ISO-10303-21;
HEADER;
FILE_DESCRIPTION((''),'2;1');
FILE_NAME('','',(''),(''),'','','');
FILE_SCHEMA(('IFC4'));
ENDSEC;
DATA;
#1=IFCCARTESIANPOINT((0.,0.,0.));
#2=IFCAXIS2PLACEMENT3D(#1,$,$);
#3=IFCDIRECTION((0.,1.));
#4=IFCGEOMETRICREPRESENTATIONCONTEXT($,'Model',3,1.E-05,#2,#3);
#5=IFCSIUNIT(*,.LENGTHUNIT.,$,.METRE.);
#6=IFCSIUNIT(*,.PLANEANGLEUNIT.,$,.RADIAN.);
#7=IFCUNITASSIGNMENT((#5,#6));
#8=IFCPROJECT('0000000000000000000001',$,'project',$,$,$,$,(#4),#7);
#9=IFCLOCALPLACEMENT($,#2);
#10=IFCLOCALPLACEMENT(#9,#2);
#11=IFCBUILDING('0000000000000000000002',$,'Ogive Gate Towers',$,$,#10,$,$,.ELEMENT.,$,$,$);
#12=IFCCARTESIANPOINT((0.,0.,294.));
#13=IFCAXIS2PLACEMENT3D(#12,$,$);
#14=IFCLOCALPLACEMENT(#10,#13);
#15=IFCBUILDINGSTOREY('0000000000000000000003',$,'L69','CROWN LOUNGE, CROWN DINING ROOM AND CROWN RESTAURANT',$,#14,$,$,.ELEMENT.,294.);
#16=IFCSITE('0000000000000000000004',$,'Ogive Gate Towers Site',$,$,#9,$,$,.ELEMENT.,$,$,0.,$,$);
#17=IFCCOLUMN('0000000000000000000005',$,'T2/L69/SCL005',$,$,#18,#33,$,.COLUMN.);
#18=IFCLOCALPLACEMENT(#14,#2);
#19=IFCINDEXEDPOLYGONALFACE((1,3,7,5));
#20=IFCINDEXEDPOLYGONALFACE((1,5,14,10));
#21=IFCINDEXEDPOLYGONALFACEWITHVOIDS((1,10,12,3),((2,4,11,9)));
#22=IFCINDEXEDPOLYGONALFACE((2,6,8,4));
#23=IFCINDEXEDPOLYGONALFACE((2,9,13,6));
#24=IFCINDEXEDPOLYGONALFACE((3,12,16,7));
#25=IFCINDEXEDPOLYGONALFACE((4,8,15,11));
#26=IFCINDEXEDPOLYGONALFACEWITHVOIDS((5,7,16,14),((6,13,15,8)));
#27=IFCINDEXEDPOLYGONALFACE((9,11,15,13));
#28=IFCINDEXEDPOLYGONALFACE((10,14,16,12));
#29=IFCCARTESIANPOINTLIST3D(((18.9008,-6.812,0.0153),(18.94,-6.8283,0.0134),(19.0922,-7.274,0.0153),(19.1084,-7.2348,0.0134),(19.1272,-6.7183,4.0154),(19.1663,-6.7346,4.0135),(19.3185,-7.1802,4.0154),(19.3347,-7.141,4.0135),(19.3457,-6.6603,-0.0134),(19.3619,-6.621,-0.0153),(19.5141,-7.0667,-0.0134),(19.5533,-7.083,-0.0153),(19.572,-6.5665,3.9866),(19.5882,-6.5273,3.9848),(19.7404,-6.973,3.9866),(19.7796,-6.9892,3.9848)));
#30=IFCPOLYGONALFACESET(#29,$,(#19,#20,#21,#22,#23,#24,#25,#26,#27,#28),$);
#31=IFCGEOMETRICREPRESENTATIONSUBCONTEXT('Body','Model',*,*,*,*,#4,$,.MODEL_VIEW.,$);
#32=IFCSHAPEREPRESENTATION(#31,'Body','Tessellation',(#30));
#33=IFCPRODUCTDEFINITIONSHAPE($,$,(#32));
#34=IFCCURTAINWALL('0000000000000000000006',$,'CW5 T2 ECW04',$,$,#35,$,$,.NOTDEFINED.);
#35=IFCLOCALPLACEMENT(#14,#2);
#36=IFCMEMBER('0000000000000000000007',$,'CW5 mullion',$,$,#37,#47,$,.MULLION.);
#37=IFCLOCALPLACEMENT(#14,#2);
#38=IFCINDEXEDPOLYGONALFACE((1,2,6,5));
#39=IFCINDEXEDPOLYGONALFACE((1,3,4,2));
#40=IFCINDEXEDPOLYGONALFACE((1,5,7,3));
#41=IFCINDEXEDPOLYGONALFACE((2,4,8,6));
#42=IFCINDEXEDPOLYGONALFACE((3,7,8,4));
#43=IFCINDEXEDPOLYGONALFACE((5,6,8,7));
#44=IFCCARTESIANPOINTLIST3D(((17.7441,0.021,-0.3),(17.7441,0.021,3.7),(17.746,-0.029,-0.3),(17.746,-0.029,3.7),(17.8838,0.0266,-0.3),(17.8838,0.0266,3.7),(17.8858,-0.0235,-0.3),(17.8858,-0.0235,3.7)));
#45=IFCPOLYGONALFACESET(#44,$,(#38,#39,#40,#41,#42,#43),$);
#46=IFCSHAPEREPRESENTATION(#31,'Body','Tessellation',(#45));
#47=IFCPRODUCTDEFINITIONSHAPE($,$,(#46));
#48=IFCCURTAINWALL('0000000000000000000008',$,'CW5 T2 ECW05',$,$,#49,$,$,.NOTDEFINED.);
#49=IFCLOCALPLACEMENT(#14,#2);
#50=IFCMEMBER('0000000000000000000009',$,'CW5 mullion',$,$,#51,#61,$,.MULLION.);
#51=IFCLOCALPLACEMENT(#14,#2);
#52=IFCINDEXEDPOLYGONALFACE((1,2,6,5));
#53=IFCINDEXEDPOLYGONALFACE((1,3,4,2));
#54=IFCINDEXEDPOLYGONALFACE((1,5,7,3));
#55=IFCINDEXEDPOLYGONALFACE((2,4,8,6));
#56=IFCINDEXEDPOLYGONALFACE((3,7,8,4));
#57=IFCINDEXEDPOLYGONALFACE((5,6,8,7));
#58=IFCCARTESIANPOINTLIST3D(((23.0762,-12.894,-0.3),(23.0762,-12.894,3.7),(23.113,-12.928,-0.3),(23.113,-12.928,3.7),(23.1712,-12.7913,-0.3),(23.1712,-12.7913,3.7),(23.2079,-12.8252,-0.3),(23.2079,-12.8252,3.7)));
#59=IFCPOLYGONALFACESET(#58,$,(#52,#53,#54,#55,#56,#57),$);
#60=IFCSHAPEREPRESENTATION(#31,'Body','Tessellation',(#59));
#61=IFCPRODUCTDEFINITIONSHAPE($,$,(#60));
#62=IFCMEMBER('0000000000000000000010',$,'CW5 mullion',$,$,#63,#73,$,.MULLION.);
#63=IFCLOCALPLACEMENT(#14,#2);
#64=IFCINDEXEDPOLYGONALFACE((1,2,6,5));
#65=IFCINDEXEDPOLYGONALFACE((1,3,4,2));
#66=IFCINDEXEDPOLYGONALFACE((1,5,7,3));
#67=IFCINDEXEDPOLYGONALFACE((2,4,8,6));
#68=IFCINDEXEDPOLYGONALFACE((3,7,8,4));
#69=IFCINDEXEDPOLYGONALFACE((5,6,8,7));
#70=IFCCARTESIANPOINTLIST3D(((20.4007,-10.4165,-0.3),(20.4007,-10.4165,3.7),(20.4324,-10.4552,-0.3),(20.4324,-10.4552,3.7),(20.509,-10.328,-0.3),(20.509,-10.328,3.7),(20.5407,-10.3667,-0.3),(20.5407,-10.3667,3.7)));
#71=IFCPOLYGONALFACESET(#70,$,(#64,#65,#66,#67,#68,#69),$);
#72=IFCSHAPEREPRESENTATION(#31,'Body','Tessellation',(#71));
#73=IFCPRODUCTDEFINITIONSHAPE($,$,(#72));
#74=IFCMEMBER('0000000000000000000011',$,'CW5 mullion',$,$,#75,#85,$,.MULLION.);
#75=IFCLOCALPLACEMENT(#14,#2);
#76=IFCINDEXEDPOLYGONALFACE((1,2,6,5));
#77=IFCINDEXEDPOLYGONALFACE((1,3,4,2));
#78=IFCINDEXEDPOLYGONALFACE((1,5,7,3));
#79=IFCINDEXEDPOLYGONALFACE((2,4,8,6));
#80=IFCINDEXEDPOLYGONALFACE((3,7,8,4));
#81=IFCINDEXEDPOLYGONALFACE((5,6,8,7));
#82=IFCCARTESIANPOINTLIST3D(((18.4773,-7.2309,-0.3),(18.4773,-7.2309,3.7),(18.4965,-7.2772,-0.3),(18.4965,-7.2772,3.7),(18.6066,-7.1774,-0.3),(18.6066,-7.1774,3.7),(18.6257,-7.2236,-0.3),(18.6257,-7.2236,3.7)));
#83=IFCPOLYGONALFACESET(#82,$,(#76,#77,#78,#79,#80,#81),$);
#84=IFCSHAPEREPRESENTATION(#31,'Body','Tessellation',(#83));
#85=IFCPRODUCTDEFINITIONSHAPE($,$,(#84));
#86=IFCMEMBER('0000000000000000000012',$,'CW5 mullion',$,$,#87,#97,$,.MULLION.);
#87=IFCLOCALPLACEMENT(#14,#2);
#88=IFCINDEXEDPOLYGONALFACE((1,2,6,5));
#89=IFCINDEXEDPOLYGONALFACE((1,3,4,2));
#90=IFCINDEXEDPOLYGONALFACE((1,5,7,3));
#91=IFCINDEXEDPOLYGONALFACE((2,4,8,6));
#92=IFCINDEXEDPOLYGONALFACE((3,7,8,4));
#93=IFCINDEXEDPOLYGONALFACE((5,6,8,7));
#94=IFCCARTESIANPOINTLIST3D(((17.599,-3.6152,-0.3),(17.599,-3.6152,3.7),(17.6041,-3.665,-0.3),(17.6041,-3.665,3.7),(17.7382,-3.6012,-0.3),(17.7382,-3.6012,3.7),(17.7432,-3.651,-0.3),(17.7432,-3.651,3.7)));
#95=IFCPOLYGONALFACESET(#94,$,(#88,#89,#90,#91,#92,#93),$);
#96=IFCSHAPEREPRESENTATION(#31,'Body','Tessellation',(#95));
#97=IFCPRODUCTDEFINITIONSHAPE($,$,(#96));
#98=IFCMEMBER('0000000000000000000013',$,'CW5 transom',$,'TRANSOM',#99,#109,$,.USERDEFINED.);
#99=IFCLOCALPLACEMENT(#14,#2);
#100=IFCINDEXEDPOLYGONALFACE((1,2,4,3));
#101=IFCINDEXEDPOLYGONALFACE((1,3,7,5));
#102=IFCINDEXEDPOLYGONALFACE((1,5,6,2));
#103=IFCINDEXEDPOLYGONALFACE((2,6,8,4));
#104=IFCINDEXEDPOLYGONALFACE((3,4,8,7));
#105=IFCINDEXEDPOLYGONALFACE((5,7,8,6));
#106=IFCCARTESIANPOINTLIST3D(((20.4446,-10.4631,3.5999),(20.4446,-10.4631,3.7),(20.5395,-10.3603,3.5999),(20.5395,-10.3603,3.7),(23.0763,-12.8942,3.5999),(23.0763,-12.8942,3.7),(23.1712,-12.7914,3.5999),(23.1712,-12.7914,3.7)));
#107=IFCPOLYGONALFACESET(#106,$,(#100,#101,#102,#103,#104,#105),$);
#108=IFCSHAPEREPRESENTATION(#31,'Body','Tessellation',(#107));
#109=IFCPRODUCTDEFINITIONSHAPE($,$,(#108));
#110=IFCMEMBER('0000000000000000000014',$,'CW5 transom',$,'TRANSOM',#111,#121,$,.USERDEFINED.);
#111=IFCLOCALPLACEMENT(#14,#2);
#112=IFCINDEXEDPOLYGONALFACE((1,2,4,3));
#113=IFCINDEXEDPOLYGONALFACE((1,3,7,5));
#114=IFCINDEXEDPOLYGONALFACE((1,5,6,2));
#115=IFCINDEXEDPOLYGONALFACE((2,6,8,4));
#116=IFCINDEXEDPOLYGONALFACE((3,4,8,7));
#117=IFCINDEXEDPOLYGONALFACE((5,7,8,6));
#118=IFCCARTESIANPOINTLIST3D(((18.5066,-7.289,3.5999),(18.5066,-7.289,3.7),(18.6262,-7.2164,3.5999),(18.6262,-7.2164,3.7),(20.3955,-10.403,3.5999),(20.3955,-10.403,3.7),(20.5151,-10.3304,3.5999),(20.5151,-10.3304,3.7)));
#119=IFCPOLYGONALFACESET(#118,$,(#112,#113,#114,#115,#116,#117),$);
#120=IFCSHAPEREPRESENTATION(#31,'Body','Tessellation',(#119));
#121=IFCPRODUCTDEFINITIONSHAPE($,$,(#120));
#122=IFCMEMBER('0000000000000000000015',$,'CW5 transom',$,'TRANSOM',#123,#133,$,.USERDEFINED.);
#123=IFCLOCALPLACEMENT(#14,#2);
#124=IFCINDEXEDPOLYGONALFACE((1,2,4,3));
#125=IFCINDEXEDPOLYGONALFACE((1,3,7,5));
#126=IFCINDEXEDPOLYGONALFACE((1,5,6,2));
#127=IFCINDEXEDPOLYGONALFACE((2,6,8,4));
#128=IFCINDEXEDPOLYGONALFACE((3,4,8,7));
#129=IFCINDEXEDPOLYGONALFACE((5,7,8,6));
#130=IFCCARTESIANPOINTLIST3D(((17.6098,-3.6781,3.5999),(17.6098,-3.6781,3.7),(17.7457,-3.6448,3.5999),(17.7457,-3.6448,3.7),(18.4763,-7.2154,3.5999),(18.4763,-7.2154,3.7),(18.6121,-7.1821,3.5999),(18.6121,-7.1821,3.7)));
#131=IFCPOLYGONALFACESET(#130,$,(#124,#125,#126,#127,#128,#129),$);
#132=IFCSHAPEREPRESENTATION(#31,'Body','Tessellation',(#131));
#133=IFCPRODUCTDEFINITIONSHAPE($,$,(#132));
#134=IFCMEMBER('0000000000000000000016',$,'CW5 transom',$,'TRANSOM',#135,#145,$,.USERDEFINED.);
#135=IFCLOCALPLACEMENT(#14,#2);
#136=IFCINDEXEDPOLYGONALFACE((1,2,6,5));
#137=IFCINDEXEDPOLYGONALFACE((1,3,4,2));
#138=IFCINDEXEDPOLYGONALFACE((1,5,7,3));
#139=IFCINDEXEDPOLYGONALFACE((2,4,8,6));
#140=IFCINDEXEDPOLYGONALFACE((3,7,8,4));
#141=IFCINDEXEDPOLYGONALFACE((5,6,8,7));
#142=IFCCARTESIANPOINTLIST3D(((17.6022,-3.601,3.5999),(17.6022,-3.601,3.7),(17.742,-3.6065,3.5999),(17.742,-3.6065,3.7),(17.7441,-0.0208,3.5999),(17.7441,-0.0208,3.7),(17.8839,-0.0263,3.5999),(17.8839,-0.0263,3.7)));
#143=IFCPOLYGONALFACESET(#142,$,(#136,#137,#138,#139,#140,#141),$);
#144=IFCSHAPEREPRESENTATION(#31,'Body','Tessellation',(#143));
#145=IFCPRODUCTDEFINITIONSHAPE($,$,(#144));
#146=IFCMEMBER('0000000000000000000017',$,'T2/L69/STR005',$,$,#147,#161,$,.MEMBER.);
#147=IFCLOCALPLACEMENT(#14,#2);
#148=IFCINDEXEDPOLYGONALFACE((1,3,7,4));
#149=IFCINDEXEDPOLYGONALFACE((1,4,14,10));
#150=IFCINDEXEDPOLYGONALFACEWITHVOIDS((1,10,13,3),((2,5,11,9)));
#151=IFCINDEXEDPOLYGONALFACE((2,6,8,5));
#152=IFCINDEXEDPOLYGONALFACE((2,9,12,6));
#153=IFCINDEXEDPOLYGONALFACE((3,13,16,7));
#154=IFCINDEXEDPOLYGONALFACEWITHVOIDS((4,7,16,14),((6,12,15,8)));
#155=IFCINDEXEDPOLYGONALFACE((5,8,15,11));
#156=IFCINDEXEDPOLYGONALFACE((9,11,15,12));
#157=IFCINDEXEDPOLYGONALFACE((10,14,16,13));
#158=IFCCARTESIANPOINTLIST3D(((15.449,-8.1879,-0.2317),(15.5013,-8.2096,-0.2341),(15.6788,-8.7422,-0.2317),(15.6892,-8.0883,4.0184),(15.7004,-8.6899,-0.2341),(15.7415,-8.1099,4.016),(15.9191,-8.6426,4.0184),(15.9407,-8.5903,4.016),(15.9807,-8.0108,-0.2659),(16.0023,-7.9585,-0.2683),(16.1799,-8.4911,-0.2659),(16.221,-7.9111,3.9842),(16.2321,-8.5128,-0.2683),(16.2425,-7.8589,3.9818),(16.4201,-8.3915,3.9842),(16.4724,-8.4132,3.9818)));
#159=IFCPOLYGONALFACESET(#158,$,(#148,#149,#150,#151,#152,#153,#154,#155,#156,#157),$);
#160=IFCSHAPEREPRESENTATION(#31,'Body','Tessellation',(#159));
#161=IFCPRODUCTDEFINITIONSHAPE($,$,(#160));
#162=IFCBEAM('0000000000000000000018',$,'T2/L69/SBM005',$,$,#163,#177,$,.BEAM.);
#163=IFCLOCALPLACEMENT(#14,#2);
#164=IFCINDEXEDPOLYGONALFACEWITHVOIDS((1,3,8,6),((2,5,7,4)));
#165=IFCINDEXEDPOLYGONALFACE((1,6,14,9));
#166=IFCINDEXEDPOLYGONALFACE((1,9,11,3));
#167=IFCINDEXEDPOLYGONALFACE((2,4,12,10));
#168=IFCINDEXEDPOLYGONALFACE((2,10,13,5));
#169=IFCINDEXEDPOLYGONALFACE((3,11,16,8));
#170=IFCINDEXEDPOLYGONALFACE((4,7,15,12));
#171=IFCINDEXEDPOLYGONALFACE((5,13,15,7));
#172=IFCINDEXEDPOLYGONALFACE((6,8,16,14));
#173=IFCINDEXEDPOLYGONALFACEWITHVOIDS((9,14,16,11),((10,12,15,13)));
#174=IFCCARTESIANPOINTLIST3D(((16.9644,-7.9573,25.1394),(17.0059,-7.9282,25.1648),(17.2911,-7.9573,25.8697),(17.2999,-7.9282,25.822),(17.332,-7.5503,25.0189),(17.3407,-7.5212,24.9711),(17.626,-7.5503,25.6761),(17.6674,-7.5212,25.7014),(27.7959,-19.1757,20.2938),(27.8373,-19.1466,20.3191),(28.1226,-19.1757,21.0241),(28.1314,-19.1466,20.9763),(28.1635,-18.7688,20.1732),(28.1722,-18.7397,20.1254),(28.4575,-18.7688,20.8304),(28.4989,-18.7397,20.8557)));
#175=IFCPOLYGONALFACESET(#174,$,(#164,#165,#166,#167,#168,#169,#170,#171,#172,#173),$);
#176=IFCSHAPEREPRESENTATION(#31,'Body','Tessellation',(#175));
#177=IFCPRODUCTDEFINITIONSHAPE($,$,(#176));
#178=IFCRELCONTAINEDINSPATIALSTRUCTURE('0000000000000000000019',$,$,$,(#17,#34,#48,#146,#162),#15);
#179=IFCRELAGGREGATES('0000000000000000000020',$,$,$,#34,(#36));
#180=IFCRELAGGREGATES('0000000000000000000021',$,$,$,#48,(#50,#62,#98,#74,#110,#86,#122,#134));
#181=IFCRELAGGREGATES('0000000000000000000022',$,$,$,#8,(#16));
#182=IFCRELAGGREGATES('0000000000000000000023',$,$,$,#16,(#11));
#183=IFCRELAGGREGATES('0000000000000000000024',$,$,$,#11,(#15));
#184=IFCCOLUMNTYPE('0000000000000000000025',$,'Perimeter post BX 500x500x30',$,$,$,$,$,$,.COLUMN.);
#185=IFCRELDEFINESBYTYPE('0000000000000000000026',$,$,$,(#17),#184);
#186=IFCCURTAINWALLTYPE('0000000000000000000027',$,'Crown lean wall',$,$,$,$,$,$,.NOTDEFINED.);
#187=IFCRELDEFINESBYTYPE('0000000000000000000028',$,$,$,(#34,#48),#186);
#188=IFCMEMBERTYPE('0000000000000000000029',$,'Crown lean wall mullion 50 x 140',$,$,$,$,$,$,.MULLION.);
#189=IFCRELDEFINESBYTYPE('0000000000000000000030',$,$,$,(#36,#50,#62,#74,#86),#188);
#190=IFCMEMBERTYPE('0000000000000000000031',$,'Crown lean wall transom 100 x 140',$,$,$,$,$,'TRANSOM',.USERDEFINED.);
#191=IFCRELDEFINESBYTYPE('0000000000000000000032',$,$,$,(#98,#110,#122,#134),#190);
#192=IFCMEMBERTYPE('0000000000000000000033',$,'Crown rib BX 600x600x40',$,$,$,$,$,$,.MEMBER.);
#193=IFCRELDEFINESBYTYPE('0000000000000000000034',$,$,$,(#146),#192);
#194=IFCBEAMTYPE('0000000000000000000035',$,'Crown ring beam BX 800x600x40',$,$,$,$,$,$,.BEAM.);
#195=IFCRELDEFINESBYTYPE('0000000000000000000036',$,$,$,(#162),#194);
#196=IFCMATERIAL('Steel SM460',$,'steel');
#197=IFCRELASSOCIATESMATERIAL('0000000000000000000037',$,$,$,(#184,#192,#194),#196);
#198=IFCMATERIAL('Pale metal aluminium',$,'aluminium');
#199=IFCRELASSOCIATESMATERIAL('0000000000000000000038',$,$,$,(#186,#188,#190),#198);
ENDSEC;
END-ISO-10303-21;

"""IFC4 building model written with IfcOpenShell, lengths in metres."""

from ifc_helpers import new_model, si_unit, direction, frame, origin, origin_2d, place, context, subcontext, project, spatial, rectangle, hollow_rectangle, extrude, material, material_profile, profile_set, type_object, element, aggregate, save


model = new_model("IFC4")

# Units and contexts
model_context = context("Model", 3, precision=1e-05, world=origin(), true_north=direction((0.0, 1.0)))
body_context = subcontext(model_context, "Body", "Model", "MODEL_VIEW")
ifc_project = project(units=[si_unit("LENGTHUNIT", "METRE"), si_unit("PLANEANGLEUNIT", "RADIAN")], contexts=[model_context])

# Site, building, storey
site_placement = place(None, origin())
site = spatial("IfcSite", under=ifc_project, at=site_placement, Name="Ogive Gate Towers Site", CompositionType="ELEMENT", RefElevation=0.0)
building_placement = place(site_placement, origin())
building = spatial("IfcBuilding", under=site, at=building_placement, Name="Ogive Gate Towers", CompositionType="ELEMENT")
storey_placement = place(building_placement, frame((0.0, 0.0, 294.0)))
storey = spatial("IfcBuildingStorey", under=building, at=storey_placement, Name="L69", Description="CROWN LOUNGE, CROWN DINING ROOM AND CROWN RESTAURANT", CompositionType="ELEMENT", Elevation=294.0)

# Column
ifc_material_1 = material(Name="Steel SM460", Category="steel")
ifc_material_profile_1 = material_profile(ifc_material_1, hollow_rectangle(XDim=0.5, YDim=0.5, WallThickness=0.03, at=origin_2d()), Name="BX 500x500x30")
ifc_profile_set_1 = profile_set([ifc_material_profile_1], Name="Steel SM460")
column_type = type_object("IfcColumnType", Name="Perimeter post BX 500x500x30", PredefinedType="COLUMN", material=ifc_profile_set_1)
column_placement = place(storey_placement, frame((19.2271, -6.9475, 0.0), z_axis=(0.056474, 0.023394, 0.99813), x_axis=(-0.382704, 0.923871, 0.0)))
element("IfcColumn", 1, at=column_placement, inside=storey, type_object=column_type, Name="T2/L69/SCL005", PredefinedType="COLUMN", context=body_context, shape_type="SweptSolid", body=[
    extrude(hollow_rectangle(XDim=0.5, YDim=0.5, WallThickness=0.03, at=origin_2d()), origin(), (0.0, 0.0, 1.0), 4.0076),
])

# Curtain wall, member
ifc_material_2 = material(Name="Pale metal aluminium", Category="aluminium")
curtain_wall_type = type_object("IfcCurtainWallType", Name="Crown lean wall", PredefinedType="NOTDEFINED", material=ifc_material_2)
curtain_wall_1_placement = place(storey_placement, origin())
curtain_wall_1 = element("IfcCurtainWall", 2, at=curtain_wall_1_placement, inside=storey, type_object=curtain_wall_type, Name="CW5 T2 ECW04", PredefinedType="NOTDEFINED")
ifc_material_profile_2 = material_profile(ifc_material_2, rectangle(XDim=0.1399, YDim=0.05, at=origin_2d()), Name="50 x 140 aluminium box")
ifc_profile_set_2 = profile_set([ifc_material_profile_2], Name="Pale metal aluminium")
member_type_1 = type_object("IfcMemberType", Name="Crown lean wall mullion 50 x 140", PredefinedType="MULLION", material=ifc_profile_set_2)
member_1_placement = place(storey_placement, frame((17.8149, -0.0012, -0.3), z_axis=(0.0, 0.0, 1.0), x_axis=(0.999215, 0.039609, 0.0)))
member_1 = element("IfcMember", 3, at=member_1_placement, type_object=member_type_1, Name="CW5 mullion", PredefinedType="MULLION", context=body_context, shape_type="SweptSolid", body=[
    extrude(rectangle(XDim=0.1399, YDim=0.05, at=origin_2d()), origin(), (0.0, 0.0, 1.0), 4.0),
])
aggregate(curtain_wall_1, [member_1])

# Curtain wall, members
curtain_wall_2_placement = place(storey_placement, origin())
curtain_wall_2 = element("IfcCurtainWall", 4, at=curtain_wall_2_placement, inside=storey, type_object=curtain_wall_type, Name="CW5 T2 ECW05", PredefinedType="NOTDEFINED")
member_2_placement = place(storey_placement, frame((23.1421, -12.8596, -0.3), z_axis=(0.0, 0.0, 1.0), x_axis=(0.678557, 0.734548, 0.0)))
member_2 = element("IfcMember", 5, at=member_2_placement, type_object=member_type_1, Name="CW5 mullion", PredefinedType="MULLION", context=body_context, shape_type="SweptSolid", body=[
    extrude(rectangle(XDim=0.1399, YDim=0.05, at=origin_2d()), origin(), (0.0, 0.0, 1.0), 4.0),
])
member_3_placement = place(storey_placement, frame((20.4707, -10.3916, -0.3), z_axis=(0.0, 0.0, 1.0), x_axis=(0.774348, 0.632759, 0.0)))
member_3 = element("IfcMember", 6, at=member_3_placement, type_object=member_type_1, Name="CW5 mullion", PredefinedType="MULLION", context=body_context, shape_type="SweptSolid", body=[
    extrude(rectangle(XDim=0.1399, YDim=0.05, at=origin_2d()), origin(), (0.0, 0.0, 1.0), 4.0),
])
member_4_placement = place(storey_placement, frame((18.5515, -7.2273, -0.3), z_axis=(0.0, 0.0, 1.0), x_axis=(0.92388, 0.382683, 0.0)))
member_4 = element("IfcMember", 7, at=member_4_placement, type_object=member_type_1, Name="CW5 mullion", PredefinedType="MULLION", context=body_context, shape_type="SweptSolid", body=[
    extrude(rectangle(XDim=0.1399, YDim=0.05, at=origin_2d()), origin(), (0.0, 0.0, 1.0), 4.0),
])
member_5_placement = place(storey_placement, frame((17.6711, -3.6331, -0.3), z_axis=(0.0, 0.0, 1.0), x_axis=(0.994977, 0.100101, 0.0)))
member_5 = element("IfcMember", 8, at=member_5_placement, type_object=member_type_1, Name="CW5 mullion", PredefinedType="MULLION", context=body_context, shape_type="SweptSolid", body=[
    extrude(rectangle(XDim=0.1399, YDim=0.05, at=origin_2d()), origin(), (0.0, 0.0, 1.0), 4.0),
])
ifc_material_profile_3 = material_profile(ifc_material_2, rectangle(XDim=0.1399, YDim=0.1001, at=origin_2d()), Name="100 x 140 aluminium box")
ifc_profile_set_3 = profile_set([ifc_material_profile_3], Name="Pale metal aluminium")
member_type_2 = type_object("IfcMemberType", Name="Crown lean wall transom 100 x 140", ElementType="TRANSOM", PredefinedType="USERDEFINED", material=ifc_profile_set_3)
member_6_placement = place(storey_placement, frame((23.1238, -12.8428, 3.6499), z_axis=(-0.734558, 0.678546, 0.0), x_axis=(-0.678546, -0.734558, 0.0)))
member_6 = element("IfcMember", 9, at=member_6_placement, type_object=member_type_2, Name="CW5 transom", ObjectType="TRANSOM", PredefinedType="USERDEFINED", context=body_context, shape_type="SweptSolid", body=[
    extrude(rectangle(XDim=0.1399, YDim=0.1001, at=origin_2d()), origin(), (0.0, 0.0, 1.0), 3.5828),
])
member_7_placement = place(storey_placement, frame((20.4553, -10.3667, 3.6499), z_axis=(-0.51863, 0.854999, 0.0), x_axis=(-0.854999, -0.51863, 0.0)))
member_7 = element("IfcMember", 10, at=member_7_placement, type_object=member_type_2, Name="CW5 transom", ObjectType="TRANSOM", PredefinedType="USERDEFINED", context=body_context, shape_type="SweptSolid", body=[
    extrude(rectangle(XDim=0.1399, YDim=0.1001, at=origin_2d()), origin(), (0.0, 0.0, 1.0), 3.6421),
])
member_8_placement = place(storey_placement, frame((18.5442, -7.1987, 3.6499), z_axis=(-0.237911, 0.971287, 0.0), x_axis=(-0.971287, -0.237911, 0.0)))
member_8 = element("IfcMember", 11, at=member_8_placement, type_object=member_type_2, Name="CW5 transom", ObjectType="TRANSOM", PredefinedType="USERDEFINED", context=body_context, shape_type="SweptSolid", body=[
    extrude(rectangle(XDim=0.1399, YDim=0.1001, at=origin_2d()), origin(), (0.0, 0.0, 1.0), 3.6418),
])
member_9_placement = place(storey_placement, frame((17.6721, -3.6038, 3.6499), z_axis=(0.03959, 0.999216, 0.0), x_axis=(-0.999216, 0.03959, 0.0)))
member_9 = element("IfcMember", 12, at=member_9_placement, type_object=member_type_2, Name="CW5 transom", ObjectType="TRANSOM", PredefinedType="USERDEFINED", context=body_context, shape_type="SweptSolid", body=[
    extrude(rectangle(XDim=0.1399, YDim=0.1001, at=origin_2d()), origin(), (0.0, 0.0, 1.0), 3.583),
])

# Member
ifc_material_profile_4 = material_profile(ifc_material_1, hollow_rectangle(XDim=0.6001, YDim=0.6001, WallThickness=0.04, at=origin_2d()), Name="BX 600x600x40")
ifc_profile_set_4 = profile_set([ifc_material_profile_4], Name="Steel SM460")
member_type_3 = type_object("IfcMemberType", Name="Crown rib BX 600x600x40", PredefinedType="MEMBER", material=ifc_profile_set_4)
member_10_placement = place(storey_placement, frame((15.8406, -8.3503, -0.25), z_axis=(0.05642, 0.023394, 0.998133), x_axis=(-0.383015, 0.923742, 0.0)))
element("IfcMember", 13, at=member_10_placement, inside=storey, type_object=member_type_3, Name="T2/L69/STR005", PredefinedType="MEMBER", context=body_context, shape_type="SweptSolid", body=[
    extrude(hollow_rectangle(XDim=0.6001, YDim=0.6001, WallThickness=0.04, at=origin_2d()), origin(), (0.0, 0.0, 1.0), 4.2581),
])

# Beam
ifc_material_profile_5 = material_profile(ifc_material_1, hollow_rectangle(XDim=0.6001, YDim=0.8, WallThickness=0.04, at=origin_2d()), Name="BX 800x600x40")
ifc_profile_set_5 = profile_set([ifc_material_profile_5], Name="Steel SM460")
beam_type_1 = type_object("IfcBeamType", Name="Crown ring beam BX 800x600x40", PredefinedType="BEAM", material=ifc_profile_set_5)
beam_1_placement = place(storey_placement, frame((17.3159, -7.7393, 25.4204), z_axis=(0.663305, -0.687001, -0.296742), x_axis=(-0.627106, -0.726656, 0.280551)))
element("IfcBeam", 14, at=beam_1_placement, inside=storey, type_object=beam_type_1, Name="T2/L69/SBM005", PredefinedType="BEAM", context=body_context, shape_type="SweptSolid", body=[
    extrude(hollow_rectangle(XDim=0.6001, YDim=0.8, WallThickness=0.04, at=origin_2d()), origin(), (0.0, 0.0, 1.0), 16.3296),
])

aggregate(curtain_wall_2, [member_2, member_3, member_6, member_4, member_7, member_5, member_8, member_9])

save(model, "model.ifc")
